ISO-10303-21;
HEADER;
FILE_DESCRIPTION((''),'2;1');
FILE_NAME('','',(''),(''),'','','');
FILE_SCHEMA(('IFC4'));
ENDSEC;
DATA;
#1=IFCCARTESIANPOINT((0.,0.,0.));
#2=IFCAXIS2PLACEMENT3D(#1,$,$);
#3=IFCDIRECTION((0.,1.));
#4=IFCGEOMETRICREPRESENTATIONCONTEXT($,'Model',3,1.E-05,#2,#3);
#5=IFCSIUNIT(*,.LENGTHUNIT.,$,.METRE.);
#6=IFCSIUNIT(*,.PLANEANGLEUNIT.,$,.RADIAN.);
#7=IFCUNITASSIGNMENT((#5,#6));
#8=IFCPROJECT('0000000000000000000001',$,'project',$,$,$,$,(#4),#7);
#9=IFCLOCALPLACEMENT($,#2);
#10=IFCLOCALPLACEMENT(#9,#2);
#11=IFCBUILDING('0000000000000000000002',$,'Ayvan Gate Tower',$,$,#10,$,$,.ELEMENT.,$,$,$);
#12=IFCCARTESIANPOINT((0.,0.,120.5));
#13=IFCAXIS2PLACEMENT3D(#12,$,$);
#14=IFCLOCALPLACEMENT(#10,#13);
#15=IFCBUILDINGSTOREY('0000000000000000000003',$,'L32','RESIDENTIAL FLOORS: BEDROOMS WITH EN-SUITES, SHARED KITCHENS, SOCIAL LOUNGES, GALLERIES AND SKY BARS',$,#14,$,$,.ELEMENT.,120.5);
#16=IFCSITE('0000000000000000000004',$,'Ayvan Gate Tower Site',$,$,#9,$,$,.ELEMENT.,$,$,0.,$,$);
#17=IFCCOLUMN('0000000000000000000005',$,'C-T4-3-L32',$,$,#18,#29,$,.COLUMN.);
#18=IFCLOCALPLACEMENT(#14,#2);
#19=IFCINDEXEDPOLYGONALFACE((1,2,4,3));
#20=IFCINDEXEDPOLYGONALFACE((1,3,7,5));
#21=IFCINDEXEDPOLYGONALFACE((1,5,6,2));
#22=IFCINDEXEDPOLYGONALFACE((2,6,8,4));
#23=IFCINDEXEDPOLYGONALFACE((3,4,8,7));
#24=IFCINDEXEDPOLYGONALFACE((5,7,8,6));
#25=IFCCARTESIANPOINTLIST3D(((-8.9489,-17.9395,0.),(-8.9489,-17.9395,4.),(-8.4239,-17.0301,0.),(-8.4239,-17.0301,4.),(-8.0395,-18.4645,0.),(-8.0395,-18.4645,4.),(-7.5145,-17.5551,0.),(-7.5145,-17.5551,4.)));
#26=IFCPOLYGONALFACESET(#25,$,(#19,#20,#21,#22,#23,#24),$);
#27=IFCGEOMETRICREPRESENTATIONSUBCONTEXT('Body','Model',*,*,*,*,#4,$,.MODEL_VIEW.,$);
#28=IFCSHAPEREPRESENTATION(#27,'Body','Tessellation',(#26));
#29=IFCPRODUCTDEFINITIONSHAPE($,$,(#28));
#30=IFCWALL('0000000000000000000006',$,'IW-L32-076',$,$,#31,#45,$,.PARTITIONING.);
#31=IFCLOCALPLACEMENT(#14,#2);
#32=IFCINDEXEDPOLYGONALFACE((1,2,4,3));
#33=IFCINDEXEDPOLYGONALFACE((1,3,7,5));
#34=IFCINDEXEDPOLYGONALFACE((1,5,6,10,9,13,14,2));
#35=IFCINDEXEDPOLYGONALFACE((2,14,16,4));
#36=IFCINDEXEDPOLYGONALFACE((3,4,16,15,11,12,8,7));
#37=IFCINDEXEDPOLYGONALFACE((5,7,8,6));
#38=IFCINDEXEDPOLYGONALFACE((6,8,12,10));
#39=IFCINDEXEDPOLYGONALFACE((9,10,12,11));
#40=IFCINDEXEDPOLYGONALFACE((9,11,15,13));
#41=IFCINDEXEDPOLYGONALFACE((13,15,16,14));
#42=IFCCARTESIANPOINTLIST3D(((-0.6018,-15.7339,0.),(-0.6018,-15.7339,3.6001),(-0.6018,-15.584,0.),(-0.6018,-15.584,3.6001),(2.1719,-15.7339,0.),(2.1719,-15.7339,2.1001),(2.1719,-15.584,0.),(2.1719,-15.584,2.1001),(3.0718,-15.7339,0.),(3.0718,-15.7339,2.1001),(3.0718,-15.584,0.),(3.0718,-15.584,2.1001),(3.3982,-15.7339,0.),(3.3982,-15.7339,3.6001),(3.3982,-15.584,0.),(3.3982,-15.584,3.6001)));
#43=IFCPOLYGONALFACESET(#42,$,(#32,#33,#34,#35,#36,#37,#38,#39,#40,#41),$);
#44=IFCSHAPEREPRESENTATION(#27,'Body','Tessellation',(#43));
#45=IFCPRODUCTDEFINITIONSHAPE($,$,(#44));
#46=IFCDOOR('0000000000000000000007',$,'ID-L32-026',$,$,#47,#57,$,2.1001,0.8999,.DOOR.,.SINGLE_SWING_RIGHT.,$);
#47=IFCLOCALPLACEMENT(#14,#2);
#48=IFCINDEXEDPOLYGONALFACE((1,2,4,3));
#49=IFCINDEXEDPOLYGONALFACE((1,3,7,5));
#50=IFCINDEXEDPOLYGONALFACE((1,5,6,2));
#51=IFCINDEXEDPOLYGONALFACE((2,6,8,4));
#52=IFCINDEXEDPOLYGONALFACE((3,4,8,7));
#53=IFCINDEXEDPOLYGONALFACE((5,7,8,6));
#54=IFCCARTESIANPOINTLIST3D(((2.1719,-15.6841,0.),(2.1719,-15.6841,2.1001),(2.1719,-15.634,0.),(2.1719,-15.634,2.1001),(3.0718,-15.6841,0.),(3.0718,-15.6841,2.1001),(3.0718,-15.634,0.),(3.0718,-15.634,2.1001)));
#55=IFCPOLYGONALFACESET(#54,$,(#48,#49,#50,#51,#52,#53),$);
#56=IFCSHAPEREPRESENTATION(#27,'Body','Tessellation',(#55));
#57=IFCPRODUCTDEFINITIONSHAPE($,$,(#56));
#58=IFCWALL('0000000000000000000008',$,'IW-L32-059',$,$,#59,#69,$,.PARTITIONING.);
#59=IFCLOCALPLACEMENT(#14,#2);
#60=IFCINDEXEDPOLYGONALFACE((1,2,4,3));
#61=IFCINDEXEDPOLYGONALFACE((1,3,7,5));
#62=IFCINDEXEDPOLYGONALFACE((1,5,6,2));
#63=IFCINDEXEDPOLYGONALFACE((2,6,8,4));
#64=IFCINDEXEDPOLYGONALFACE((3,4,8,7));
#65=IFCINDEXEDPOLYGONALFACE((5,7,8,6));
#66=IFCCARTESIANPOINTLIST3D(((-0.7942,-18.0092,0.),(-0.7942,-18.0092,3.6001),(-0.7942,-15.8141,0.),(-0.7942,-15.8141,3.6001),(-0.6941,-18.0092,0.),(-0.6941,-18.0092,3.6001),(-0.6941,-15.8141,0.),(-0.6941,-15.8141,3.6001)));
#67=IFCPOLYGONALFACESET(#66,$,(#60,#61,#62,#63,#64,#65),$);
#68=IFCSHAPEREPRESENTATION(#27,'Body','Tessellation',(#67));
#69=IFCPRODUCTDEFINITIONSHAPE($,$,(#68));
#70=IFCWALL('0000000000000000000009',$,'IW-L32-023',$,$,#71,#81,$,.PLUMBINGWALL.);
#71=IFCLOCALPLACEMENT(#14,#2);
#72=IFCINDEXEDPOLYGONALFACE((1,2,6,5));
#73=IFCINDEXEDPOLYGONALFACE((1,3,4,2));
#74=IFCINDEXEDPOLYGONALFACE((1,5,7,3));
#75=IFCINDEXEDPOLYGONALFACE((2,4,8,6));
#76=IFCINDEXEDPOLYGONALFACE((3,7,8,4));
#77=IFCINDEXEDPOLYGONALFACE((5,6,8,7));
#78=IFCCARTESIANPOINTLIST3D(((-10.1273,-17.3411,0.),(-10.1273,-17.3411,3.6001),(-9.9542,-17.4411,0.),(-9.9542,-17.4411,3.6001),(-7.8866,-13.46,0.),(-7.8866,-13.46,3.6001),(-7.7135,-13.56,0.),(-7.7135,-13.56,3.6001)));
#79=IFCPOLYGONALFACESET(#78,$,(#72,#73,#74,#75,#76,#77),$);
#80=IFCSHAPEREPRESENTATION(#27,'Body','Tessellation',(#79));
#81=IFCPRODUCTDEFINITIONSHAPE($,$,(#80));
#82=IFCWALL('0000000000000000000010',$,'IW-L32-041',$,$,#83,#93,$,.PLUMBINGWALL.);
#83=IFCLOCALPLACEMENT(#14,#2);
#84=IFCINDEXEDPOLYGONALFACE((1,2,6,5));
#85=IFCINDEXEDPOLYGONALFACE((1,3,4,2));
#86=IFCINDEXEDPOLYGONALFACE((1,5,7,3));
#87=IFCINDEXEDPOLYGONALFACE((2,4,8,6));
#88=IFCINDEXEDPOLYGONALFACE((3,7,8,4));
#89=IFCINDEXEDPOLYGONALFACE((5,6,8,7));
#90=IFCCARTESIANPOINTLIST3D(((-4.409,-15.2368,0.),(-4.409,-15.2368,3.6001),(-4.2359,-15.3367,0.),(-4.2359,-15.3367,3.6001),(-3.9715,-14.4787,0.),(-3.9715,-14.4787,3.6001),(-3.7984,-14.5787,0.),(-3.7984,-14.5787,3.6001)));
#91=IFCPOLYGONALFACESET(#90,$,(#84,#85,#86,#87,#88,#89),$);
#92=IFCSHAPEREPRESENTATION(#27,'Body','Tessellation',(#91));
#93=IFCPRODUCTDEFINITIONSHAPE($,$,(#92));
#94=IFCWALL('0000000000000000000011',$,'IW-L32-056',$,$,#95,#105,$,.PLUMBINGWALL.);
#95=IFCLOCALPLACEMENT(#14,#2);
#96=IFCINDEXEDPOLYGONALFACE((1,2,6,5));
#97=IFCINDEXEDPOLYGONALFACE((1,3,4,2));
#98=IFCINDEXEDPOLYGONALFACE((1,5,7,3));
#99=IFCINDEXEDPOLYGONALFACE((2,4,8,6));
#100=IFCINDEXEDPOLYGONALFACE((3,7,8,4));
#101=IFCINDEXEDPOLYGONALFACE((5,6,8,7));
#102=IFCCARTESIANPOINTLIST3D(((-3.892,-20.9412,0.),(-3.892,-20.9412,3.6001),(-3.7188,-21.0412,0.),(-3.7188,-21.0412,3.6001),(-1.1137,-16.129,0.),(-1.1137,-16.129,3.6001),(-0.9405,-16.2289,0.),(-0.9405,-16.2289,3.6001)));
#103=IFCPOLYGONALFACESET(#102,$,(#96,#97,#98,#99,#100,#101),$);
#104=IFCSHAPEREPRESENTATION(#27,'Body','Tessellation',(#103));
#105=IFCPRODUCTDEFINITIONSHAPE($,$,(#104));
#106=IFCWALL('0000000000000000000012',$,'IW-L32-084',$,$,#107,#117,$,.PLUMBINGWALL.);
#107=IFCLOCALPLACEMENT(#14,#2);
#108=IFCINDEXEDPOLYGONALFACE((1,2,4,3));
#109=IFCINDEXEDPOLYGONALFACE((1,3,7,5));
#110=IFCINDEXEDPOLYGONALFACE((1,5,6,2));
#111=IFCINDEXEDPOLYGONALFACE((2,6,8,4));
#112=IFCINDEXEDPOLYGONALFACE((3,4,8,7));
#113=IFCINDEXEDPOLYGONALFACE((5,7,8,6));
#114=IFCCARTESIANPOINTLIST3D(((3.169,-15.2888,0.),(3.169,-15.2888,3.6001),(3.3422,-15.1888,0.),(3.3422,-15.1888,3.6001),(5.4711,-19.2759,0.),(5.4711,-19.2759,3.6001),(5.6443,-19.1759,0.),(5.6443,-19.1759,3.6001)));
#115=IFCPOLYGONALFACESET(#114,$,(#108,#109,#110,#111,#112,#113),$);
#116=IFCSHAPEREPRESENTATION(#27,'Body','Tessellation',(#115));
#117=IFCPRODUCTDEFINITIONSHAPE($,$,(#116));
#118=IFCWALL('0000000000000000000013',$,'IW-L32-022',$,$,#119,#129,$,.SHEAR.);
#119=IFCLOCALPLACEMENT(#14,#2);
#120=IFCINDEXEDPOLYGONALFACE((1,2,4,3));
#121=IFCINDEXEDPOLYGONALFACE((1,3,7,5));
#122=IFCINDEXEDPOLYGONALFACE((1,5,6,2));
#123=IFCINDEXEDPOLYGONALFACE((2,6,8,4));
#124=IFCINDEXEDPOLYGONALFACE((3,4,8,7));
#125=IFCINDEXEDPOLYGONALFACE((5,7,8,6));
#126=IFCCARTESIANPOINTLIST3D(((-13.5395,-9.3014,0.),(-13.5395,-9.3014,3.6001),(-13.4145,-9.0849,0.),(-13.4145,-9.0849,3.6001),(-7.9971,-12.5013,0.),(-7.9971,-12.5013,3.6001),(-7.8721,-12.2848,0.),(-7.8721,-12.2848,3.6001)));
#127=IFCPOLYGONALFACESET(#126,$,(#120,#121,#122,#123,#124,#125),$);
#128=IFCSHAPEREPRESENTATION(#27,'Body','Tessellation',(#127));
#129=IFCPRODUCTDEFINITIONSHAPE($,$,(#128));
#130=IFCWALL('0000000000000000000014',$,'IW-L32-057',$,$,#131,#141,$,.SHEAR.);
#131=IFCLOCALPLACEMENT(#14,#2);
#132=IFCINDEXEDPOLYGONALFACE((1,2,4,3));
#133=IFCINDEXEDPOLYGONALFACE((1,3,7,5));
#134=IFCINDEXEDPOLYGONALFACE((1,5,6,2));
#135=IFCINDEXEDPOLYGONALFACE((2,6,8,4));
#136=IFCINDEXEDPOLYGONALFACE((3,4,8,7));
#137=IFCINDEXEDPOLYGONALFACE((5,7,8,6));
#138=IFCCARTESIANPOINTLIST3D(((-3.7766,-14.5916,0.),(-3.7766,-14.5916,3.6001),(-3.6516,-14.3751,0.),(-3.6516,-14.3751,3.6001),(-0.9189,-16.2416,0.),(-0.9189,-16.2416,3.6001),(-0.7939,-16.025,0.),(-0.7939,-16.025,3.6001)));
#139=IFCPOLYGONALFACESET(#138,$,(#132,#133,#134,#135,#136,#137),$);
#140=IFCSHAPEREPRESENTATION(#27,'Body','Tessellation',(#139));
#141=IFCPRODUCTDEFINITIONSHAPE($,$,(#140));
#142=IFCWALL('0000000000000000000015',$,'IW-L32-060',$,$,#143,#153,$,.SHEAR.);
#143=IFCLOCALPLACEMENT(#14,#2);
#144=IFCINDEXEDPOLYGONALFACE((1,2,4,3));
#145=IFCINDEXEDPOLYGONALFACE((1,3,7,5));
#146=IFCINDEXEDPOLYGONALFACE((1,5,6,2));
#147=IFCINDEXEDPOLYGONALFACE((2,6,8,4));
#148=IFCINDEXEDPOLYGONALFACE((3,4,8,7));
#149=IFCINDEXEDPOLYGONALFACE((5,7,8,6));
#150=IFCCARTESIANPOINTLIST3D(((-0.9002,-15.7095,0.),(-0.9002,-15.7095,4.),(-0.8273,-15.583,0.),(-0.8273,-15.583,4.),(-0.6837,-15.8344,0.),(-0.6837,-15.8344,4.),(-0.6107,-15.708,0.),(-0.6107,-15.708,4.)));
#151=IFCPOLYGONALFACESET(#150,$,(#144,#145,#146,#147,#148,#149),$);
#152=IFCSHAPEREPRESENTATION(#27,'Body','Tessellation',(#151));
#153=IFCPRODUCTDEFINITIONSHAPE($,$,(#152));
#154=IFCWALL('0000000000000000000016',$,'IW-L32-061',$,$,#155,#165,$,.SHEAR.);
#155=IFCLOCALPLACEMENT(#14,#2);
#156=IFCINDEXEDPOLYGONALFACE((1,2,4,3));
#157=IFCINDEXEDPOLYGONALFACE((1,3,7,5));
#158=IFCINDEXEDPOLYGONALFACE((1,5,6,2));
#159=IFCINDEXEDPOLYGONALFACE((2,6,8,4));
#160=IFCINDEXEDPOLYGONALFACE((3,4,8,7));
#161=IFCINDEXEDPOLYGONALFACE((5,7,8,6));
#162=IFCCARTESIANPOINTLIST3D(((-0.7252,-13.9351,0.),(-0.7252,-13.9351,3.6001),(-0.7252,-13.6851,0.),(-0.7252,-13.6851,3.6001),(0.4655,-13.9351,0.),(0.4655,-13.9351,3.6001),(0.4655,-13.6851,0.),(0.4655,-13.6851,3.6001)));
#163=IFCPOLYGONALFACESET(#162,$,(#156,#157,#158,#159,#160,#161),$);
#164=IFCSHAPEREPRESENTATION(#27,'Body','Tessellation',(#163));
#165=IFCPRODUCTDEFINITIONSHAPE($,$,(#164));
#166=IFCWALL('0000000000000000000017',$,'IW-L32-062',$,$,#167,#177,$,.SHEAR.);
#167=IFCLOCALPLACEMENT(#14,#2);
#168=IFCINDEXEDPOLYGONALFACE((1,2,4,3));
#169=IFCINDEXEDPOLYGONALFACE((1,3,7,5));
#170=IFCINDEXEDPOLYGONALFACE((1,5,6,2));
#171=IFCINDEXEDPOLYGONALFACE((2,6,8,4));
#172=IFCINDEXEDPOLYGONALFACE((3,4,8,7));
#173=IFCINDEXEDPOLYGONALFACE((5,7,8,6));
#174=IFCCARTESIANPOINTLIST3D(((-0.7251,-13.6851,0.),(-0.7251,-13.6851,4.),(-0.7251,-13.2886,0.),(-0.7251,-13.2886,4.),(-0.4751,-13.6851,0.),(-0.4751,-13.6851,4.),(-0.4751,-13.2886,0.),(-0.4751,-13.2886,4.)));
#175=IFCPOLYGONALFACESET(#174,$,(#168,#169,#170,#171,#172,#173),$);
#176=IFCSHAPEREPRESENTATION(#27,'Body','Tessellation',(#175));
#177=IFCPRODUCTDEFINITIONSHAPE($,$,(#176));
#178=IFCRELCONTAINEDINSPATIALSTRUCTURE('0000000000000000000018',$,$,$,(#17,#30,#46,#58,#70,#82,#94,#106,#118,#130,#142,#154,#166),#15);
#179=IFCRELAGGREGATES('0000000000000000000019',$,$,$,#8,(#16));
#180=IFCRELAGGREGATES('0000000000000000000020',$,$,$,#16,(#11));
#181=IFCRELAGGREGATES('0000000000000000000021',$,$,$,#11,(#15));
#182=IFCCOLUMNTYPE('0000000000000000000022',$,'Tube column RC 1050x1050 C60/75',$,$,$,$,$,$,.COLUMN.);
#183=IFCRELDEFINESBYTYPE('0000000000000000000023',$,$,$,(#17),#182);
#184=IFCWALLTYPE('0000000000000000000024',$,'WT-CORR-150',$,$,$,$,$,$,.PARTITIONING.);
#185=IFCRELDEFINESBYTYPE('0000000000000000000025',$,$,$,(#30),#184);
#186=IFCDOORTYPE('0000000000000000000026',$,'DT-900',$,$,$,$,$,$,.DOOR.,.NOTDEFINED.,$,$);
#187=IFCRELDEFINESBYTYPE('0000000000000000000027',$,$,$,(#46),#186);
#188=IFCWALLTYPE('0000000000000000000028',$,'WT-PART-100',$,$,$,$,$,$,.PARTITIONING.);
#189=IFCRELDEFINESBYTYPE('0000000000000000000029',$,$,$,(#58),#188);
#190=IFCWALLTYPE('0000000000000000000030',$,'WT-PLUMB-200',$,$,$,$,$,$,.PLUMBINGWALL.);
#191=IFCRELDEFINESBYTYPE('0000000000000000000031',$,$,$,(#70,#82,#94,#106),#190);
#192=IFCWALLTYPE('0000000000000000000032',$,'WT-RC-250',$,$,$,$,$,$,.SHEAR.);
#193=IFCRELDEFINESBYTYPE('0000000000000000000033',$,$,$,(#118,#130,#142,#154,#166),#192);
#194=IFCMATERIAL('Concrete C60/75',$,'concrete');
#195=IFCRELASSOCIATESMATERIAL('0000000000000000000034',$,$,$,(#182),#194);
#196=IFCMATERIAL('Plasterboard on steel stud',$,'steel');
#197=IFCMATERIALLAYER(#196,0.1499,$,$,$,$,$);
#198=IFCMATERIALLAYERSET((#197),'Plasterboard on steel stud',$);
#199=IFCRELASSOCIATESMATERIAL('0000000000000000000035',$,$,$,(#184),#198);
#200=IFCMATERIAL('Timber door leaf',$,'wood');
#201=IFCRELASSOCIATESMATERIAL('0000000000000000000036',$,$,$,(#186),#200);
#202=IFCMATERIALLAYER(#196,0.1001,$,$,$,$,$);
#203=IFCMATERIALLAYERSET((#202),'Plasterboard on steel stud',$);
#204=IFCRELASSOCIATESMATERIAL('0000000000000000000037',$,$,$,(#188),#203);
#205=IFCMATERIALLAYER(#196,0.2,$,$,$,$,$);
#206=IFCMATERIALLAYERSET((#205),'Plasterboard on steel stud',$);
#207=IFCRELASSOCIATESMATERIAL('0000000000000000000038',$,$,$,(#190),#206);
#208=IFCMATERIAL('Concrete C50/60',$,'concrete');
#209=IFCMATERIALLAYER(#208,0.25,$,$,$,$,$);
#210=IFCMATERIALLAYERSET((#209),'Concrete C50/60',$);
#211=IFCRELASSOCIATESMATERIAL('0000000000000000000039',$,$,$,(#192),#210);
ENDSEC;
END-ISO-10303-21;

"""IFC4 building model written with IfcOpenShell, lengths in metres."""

from ifc_helpers import new_model, si_unit, direction, frame, frame_2d, origin, origin_2d, place, context, subcontext, project, spatial, rectangle, extrude, material, layer, layer_set, material_profile, profile_set, type_object, element, fill, save


model = new_model("IFC4")

# Units and contexts
model_context = context("Model", 3, precision=1e-05, world=origin(), true_north=direction((0.0, 1.0)))
body_context = subcontext(model_context, "Body", "Model", "MODEL_VIEW")
ifc_project = project(units=[si_unit("LENGTHUNIT", "METRE"), si_unit("PLANEANGLEUNIT", "RADIAN")], contexts=[model_context])

# Site, building, storey
site_placement = place(None, origin())
site = spatial("IfcSite", under=ifc_project, at=site_placement, Name="Ayvan Gate Tower Site", CompositionType="ELEMENT", RefElevation=0.0)
building_placement = place(site_placement, origin())
building = spatial("IfcBuilding", under=site, at=building_placement, Name="Ayvan Gate Tower", CompositionType="ELEMENT")
storey_placement = place(building_placement, frame((0.0, 0.0, 120.5)))
storey = spatial("IfcBuildingStorey", under=building, at=storey_placement, Name="L32", Description="RESIDENTIAL FLOORS: BEDROOMS WITH EN-SUITES, SHARED KITCHENS, SOCIAL LOUNGES, GALLERIES AND SKY BARS", CompositionType="ELEMENT", Elevation=120.5)

# Column
ifc_material_1 = material(Name="Concrete C60/75", Category="concrete")
ifc_material_profile = material_profile(ifc_material_1, rectangle(XDim=1.05, YDim=1.05, at=origin_2d()), Name="RC 1050x1050")
ifc_profile_set = profile_set([ifc_material_profile], Name="Concrete C60/75")
column_type = type_object("IfcColumnType", Name="Tube column RC 1050x1050 C60/75", PredefinedType="COLUMN", material=ifc_profile_set)
column_placement = place(storey_placement, frame((-8.2317, -17.7473, 0.0), z_axis=(0.0, 0.0, 1.0), x_axis=(-0.5, -0.866025, 0.0)))
element("IfcColumn", 1, at=column_placement, inside=storey, type_object=column_type, Name="C-T4-3-L32", PredefinedType="COLUMN", context=body_context, shape_type="SweptSolid", body=[
    extrude(rectangle(XDim=1.05, YDim=1.05, at=origin_2d()), origin(), (0.0, 0.0, 1.0), 4.0),
])

# Wall, opening, door
ifc_material_2 = material(Name="Plasterboard on steel stud", Category="steel")
ifc_layer_1 = layer(ifc_material_2, 0.1499)
ifc_layer_set_1 = layer_set([ifc_layer_1], Name="Plasterboard on steel stud")
wall_type_1 = type_object("IfcWallType", Name="WT-CORR-150", PredefinedType="PARTITIONING", material=ifc_layer_set_1)
wall_1_placement = place(storey_placement, frame((-0.6018, -15.6589, 0.0), z_axis=(0.0, 0.0, 1.0), x_axis=(1.0, 0.0, 0.0)))
wall_1 = element("IfcWall", 2, at=wall_1_placement, inside=storey, type_object=wall_type_1, Name="IW-L32-076", PredefinedType="PARTITIONING", context=body_context, shape_type="SweptSolid", body=[
    extrude(rectangle(XDim=4.0, YDim=0.1499, at=frame_2d((2.0, 0.0))), origin(), (0.0, 0.0, 1.0), 3.6001),
])
opening_1_placement = place(wall_1_placement, frame((2.7737, 0.0, 0.0)))
opening_1 = element("IfcOpeningElement", 3, at=opening_1_placement, cuts=wall_1, PredefinedType="OPENING", context=body_context, shape_type="SweptSolid", body=[
    extrude(rectangle(XDim=0.8999, YDim=2.1001, at=frame_2d((0.45, 1.05))), frame((0.0, 0.085, 0.0), z_axis=(0.0, -1.0, 0.0), x_axis=(1.0, 0.0, 0.0)), (0.0, 0.0, 1.0), 0.1699),
])
ifc_material_3 = material(Name="Timber door leaf", Category="wood")
door_type_1 = type_object("IfcDoorType", Name="DT-900", OperationType="NOTDEFINED", PredefinedType="DOOR", material=ifc_material_3)
door_1_placement = place(opening_1_placement, origin())
door_1 = element("IfcDoor", 4, at=door_1_placement, inside=storey, type_object=door_type_1, Name="ID-L32-026", OperationType="SINGLE_SWING_RIGHT", OverallHeight=2.1001, OverallWidth=0.8999, PredefinedType="DOOR", context=body_context, shape_type="SweptSolid", body=[
    extrude(rectangle(XDim=0.8999, YDim=2.1001, at=frame_2d((0.45, 1.05))), frame((0.0, 0.0249, 0.0), z_axis=(0.0, -1.0, 0.0), x_axis=(1.0, 0.0, 0.0)), (0.0, 0.0, 1.0), 0.05),
])
fill(opening_1, door_1)

# Walls
ifc_layer_2 = layer(ifc_material_2, 0.1001)
ifc_layer_set_2 = layer_set([ifc_layer_2], Name="Plasterboard on steel stud")
wall_type_2 = type_object("IfcWallType", Name="WT-PART-100", PredefinedType="PARTITIONING", material=ifc_layer_set_2)
wall_2_placement = place(storey_placement, frame((-0.7441, -15.814, 0.0), z_axis=(0.0, 0.0, 1.0), x_axis=(0.0, -1.0, 0.0)))
element("IfcWall", 5, at=wall_2_placement, inside=storey, type_object=wall_type_2, Name="IW-L32-059", PredefinedType="PARTITIONING", context=body_context, shape_type="SweptSolid", body=[
    extrude(rectangle(XDim=2.1951, YDim=0.1001, at=frame_2d((1.0977, 0.0))), origin(), (0.0, 0.0, 1.0), 3.6001),
])
ifc_layer_3 = layer(ifc_material_2, 0.2)
ifc_layer_set_3 = layer_set([ifc_layer_3], Name="Plasterboard on steel stud")
wall_type_3 = type_object("IfcWallType", Name="WT-PLUMB-200", PredefinedType="PLUMBINGWALL", material=ifc_layer_set_3)
wall_3_placement = place(storey_placement, frame((-7.8, -13.51, 0.0), z_axis=(0.0, 0.0, 1.0), x_axis=(-0.499994, -0.866029, 0.0)))
element("IfcWall", 6, at=wall_3_placement, inside=storey, type_object=wall_type_3, Name="IW-L32-023", PredefinedType="PLUMBINGWALL", context=body_context, shape_type="SweptSolid", body=[
    extrude(rectangle(XDim=4.4814, YDim=0.2, at=frame_2d((2.2407, 0.0))), origin(), (0.0, 0.0, 1.0), 3.6001),
])
wall_4_placement = place(storey_placement, frame((-3.885, -14.5288, 0.0), z_axis=(0.0, 0.0, 1.0), x_axis=(-0.499859, -0.866107, 0.0)))
element("IfcWall", 7, at=wall_4_placement, inside=storey, type_object=wall_type_3, Name="IW-L32-041", PredefinedType="PLUMBINGWALL", context=body_context, shape_type="SweptSolid", body=[
    extrude(rectangle(XDim=0.8752, YDim=0.2, at=frame_2d((0.4375, 0.0))), origin(), (0.0, 0.0, 1.0), 3.6001),
])
wall_5_placement = place(storey_placement, frame((-1.0271, -16.179, 0.0), z_axis=(0.0, 0.0, 1.0), x_axis=(-0.499995, -0.866028, 0.0)))
element("IfcWall", 8, at=wall_5_placement, inside=storey, type_object=wall_type_3, Name="IW-L32-056", PredefinedType="PLUMBINGWALL", context=body_context, shape_type="SweptSolid", body=[
    extrude(rectangle(XDim=5.5566, YDim=0.2, at=frame_2d((2.7783, 0.0))), origin(), (0.0, 0.0, 1.0), 3.6001),
])
wall_6_placement = place(storey_placement, frame((3.2556, -15.2388, 0.0), z_axis=(0.0, 0.0, 1.0), x_axis=(0.500012, -0.866019, 0.0)))
element("IfcWall", 9, at=wall_6_placement, inside=storey, type_object=wall_type_3, Name="IW-L32-084", PredefinedType="PLUMBINGWALL", context=body_context, shape_type="SweptSolid", body=[
    extrude(rectangle(XDim=4.604, YDim=0.2, at=frame_2d((2.302, 0.0))), origin(), (0.0, 0.0, 1.0), 3.6001),
])
ifc_material_4 = material(Name="Concrete C50/60", Category="concrete")
ifc_layer_4 = layer(ifc_material_4, 0.25)
ifc_layer_set_4 = layer_set([ifc_layer_4], Name="Concrete C50/60")
wall_type_4 = type_object("IfcWallType", Name="WT-RC-250", PredefinedType="SHEAR", material=ifc_layer_set_4)
wall_7_placement = place(storey_placement, frame((-7.9346, -12.3931, 0.0), z_axis=(0.0, 0.0, 1.0), x_axis=(-0.866025, 0.5, 0.0)))
element("IfcWall", 10, at=wall_7_placement, inside=storey, type_object=wall_type_4, Name="IW-L32-022", PredefinedType="SHEAR", context=body_context, shape_type="SweptSolid", body=[
    extrude(rectangle(XDim=6.3999, YDim=0.25, at=frame_2d((3.2, 0.0))), origin(), (0.0, 0.0, 1.0), 3.6001),
])
wall_8_placement = place(storey_placement, frame((-0.8564, -16.1333, 0.0), z_axis=(0.0, 0.0, 1.0), x_axis=(-0.866022, 0.500006, 0.0)))
element("IfcWall", 11, at=wall_8_placement, inside=storey, type_object=wall_type_4, Name="IW-L32-057", PredefinedType="SHEAR", context=body_context, shape_type="SweptSolid", body=[
    extrude(rectangle(XDim=3.2998, YDim=0.25, at=frame_2d((1.6499, 0.0))), origin(), (0.0, 0.0, 1.0), 3.6001),
])
wall_9_placement = place(storey_placement, frame((-0.719, -15.6455, 0.0), z_axis=(0.0, 0.0, 1.0), x_axis=(-0.499915, -0.866074, 0.0)))
element("IfcWall", 12, at=wall_9_placement, inside=storey, type_object=wall_type_4, Name="IW-L32-060", PredefinedType="SHEAR", context=body_context, shape_type="SweptSolid", body=[
    extrude(rectangle(XDim=0.146, YDim=0.25, at=frame_2d((0.073, 0.0))), origin(), (0.0, 0.0, 1.0), 4.0),
])
wall_10_placement = place(storey_placement, frame((-0.7251, -13.8101, 0.0), z_axis=(0.0, 0.0, 1.0), x_axis=(1.0, 0.0, 0.0)))
element("IfcWall", 13, at=wall_10_placement, inside=storey, type_object=wall_type_4, Name="IW-L32-061", PredefinedType="SHEAR", context=body_context, shape_type="SweptSolid", body=[
    extrude(rectangle(XDim=1.1907, YDim=0.25, at=frame_2d((0.5952, 0.0))), origin(), (0.0, 0.0, 1.0), 3.6001),
])
wall_11_placement = place(storey_placement, frame((-0.6001, -13.2886, 0.0), z_axis=(0.0, 0.0, 1.0), x_axis=(0.0, -1.0, 0.0)))
element("IfcWall", 14, at=wall_11_placement, inside=storey, type_object=wall_type_4, Name="IW-L32-062", PredefinedType="SHEAR", context=body_context, shape_type="SweptSolid", body=[
    extrude(rectangle(XDim=0.3965, YDim=0.25, at=frame_2d((0.1982, 0.0))), origin(), (0.0, 0.0, 1.0), 4.0),
])

save(model, "model.ifc")
